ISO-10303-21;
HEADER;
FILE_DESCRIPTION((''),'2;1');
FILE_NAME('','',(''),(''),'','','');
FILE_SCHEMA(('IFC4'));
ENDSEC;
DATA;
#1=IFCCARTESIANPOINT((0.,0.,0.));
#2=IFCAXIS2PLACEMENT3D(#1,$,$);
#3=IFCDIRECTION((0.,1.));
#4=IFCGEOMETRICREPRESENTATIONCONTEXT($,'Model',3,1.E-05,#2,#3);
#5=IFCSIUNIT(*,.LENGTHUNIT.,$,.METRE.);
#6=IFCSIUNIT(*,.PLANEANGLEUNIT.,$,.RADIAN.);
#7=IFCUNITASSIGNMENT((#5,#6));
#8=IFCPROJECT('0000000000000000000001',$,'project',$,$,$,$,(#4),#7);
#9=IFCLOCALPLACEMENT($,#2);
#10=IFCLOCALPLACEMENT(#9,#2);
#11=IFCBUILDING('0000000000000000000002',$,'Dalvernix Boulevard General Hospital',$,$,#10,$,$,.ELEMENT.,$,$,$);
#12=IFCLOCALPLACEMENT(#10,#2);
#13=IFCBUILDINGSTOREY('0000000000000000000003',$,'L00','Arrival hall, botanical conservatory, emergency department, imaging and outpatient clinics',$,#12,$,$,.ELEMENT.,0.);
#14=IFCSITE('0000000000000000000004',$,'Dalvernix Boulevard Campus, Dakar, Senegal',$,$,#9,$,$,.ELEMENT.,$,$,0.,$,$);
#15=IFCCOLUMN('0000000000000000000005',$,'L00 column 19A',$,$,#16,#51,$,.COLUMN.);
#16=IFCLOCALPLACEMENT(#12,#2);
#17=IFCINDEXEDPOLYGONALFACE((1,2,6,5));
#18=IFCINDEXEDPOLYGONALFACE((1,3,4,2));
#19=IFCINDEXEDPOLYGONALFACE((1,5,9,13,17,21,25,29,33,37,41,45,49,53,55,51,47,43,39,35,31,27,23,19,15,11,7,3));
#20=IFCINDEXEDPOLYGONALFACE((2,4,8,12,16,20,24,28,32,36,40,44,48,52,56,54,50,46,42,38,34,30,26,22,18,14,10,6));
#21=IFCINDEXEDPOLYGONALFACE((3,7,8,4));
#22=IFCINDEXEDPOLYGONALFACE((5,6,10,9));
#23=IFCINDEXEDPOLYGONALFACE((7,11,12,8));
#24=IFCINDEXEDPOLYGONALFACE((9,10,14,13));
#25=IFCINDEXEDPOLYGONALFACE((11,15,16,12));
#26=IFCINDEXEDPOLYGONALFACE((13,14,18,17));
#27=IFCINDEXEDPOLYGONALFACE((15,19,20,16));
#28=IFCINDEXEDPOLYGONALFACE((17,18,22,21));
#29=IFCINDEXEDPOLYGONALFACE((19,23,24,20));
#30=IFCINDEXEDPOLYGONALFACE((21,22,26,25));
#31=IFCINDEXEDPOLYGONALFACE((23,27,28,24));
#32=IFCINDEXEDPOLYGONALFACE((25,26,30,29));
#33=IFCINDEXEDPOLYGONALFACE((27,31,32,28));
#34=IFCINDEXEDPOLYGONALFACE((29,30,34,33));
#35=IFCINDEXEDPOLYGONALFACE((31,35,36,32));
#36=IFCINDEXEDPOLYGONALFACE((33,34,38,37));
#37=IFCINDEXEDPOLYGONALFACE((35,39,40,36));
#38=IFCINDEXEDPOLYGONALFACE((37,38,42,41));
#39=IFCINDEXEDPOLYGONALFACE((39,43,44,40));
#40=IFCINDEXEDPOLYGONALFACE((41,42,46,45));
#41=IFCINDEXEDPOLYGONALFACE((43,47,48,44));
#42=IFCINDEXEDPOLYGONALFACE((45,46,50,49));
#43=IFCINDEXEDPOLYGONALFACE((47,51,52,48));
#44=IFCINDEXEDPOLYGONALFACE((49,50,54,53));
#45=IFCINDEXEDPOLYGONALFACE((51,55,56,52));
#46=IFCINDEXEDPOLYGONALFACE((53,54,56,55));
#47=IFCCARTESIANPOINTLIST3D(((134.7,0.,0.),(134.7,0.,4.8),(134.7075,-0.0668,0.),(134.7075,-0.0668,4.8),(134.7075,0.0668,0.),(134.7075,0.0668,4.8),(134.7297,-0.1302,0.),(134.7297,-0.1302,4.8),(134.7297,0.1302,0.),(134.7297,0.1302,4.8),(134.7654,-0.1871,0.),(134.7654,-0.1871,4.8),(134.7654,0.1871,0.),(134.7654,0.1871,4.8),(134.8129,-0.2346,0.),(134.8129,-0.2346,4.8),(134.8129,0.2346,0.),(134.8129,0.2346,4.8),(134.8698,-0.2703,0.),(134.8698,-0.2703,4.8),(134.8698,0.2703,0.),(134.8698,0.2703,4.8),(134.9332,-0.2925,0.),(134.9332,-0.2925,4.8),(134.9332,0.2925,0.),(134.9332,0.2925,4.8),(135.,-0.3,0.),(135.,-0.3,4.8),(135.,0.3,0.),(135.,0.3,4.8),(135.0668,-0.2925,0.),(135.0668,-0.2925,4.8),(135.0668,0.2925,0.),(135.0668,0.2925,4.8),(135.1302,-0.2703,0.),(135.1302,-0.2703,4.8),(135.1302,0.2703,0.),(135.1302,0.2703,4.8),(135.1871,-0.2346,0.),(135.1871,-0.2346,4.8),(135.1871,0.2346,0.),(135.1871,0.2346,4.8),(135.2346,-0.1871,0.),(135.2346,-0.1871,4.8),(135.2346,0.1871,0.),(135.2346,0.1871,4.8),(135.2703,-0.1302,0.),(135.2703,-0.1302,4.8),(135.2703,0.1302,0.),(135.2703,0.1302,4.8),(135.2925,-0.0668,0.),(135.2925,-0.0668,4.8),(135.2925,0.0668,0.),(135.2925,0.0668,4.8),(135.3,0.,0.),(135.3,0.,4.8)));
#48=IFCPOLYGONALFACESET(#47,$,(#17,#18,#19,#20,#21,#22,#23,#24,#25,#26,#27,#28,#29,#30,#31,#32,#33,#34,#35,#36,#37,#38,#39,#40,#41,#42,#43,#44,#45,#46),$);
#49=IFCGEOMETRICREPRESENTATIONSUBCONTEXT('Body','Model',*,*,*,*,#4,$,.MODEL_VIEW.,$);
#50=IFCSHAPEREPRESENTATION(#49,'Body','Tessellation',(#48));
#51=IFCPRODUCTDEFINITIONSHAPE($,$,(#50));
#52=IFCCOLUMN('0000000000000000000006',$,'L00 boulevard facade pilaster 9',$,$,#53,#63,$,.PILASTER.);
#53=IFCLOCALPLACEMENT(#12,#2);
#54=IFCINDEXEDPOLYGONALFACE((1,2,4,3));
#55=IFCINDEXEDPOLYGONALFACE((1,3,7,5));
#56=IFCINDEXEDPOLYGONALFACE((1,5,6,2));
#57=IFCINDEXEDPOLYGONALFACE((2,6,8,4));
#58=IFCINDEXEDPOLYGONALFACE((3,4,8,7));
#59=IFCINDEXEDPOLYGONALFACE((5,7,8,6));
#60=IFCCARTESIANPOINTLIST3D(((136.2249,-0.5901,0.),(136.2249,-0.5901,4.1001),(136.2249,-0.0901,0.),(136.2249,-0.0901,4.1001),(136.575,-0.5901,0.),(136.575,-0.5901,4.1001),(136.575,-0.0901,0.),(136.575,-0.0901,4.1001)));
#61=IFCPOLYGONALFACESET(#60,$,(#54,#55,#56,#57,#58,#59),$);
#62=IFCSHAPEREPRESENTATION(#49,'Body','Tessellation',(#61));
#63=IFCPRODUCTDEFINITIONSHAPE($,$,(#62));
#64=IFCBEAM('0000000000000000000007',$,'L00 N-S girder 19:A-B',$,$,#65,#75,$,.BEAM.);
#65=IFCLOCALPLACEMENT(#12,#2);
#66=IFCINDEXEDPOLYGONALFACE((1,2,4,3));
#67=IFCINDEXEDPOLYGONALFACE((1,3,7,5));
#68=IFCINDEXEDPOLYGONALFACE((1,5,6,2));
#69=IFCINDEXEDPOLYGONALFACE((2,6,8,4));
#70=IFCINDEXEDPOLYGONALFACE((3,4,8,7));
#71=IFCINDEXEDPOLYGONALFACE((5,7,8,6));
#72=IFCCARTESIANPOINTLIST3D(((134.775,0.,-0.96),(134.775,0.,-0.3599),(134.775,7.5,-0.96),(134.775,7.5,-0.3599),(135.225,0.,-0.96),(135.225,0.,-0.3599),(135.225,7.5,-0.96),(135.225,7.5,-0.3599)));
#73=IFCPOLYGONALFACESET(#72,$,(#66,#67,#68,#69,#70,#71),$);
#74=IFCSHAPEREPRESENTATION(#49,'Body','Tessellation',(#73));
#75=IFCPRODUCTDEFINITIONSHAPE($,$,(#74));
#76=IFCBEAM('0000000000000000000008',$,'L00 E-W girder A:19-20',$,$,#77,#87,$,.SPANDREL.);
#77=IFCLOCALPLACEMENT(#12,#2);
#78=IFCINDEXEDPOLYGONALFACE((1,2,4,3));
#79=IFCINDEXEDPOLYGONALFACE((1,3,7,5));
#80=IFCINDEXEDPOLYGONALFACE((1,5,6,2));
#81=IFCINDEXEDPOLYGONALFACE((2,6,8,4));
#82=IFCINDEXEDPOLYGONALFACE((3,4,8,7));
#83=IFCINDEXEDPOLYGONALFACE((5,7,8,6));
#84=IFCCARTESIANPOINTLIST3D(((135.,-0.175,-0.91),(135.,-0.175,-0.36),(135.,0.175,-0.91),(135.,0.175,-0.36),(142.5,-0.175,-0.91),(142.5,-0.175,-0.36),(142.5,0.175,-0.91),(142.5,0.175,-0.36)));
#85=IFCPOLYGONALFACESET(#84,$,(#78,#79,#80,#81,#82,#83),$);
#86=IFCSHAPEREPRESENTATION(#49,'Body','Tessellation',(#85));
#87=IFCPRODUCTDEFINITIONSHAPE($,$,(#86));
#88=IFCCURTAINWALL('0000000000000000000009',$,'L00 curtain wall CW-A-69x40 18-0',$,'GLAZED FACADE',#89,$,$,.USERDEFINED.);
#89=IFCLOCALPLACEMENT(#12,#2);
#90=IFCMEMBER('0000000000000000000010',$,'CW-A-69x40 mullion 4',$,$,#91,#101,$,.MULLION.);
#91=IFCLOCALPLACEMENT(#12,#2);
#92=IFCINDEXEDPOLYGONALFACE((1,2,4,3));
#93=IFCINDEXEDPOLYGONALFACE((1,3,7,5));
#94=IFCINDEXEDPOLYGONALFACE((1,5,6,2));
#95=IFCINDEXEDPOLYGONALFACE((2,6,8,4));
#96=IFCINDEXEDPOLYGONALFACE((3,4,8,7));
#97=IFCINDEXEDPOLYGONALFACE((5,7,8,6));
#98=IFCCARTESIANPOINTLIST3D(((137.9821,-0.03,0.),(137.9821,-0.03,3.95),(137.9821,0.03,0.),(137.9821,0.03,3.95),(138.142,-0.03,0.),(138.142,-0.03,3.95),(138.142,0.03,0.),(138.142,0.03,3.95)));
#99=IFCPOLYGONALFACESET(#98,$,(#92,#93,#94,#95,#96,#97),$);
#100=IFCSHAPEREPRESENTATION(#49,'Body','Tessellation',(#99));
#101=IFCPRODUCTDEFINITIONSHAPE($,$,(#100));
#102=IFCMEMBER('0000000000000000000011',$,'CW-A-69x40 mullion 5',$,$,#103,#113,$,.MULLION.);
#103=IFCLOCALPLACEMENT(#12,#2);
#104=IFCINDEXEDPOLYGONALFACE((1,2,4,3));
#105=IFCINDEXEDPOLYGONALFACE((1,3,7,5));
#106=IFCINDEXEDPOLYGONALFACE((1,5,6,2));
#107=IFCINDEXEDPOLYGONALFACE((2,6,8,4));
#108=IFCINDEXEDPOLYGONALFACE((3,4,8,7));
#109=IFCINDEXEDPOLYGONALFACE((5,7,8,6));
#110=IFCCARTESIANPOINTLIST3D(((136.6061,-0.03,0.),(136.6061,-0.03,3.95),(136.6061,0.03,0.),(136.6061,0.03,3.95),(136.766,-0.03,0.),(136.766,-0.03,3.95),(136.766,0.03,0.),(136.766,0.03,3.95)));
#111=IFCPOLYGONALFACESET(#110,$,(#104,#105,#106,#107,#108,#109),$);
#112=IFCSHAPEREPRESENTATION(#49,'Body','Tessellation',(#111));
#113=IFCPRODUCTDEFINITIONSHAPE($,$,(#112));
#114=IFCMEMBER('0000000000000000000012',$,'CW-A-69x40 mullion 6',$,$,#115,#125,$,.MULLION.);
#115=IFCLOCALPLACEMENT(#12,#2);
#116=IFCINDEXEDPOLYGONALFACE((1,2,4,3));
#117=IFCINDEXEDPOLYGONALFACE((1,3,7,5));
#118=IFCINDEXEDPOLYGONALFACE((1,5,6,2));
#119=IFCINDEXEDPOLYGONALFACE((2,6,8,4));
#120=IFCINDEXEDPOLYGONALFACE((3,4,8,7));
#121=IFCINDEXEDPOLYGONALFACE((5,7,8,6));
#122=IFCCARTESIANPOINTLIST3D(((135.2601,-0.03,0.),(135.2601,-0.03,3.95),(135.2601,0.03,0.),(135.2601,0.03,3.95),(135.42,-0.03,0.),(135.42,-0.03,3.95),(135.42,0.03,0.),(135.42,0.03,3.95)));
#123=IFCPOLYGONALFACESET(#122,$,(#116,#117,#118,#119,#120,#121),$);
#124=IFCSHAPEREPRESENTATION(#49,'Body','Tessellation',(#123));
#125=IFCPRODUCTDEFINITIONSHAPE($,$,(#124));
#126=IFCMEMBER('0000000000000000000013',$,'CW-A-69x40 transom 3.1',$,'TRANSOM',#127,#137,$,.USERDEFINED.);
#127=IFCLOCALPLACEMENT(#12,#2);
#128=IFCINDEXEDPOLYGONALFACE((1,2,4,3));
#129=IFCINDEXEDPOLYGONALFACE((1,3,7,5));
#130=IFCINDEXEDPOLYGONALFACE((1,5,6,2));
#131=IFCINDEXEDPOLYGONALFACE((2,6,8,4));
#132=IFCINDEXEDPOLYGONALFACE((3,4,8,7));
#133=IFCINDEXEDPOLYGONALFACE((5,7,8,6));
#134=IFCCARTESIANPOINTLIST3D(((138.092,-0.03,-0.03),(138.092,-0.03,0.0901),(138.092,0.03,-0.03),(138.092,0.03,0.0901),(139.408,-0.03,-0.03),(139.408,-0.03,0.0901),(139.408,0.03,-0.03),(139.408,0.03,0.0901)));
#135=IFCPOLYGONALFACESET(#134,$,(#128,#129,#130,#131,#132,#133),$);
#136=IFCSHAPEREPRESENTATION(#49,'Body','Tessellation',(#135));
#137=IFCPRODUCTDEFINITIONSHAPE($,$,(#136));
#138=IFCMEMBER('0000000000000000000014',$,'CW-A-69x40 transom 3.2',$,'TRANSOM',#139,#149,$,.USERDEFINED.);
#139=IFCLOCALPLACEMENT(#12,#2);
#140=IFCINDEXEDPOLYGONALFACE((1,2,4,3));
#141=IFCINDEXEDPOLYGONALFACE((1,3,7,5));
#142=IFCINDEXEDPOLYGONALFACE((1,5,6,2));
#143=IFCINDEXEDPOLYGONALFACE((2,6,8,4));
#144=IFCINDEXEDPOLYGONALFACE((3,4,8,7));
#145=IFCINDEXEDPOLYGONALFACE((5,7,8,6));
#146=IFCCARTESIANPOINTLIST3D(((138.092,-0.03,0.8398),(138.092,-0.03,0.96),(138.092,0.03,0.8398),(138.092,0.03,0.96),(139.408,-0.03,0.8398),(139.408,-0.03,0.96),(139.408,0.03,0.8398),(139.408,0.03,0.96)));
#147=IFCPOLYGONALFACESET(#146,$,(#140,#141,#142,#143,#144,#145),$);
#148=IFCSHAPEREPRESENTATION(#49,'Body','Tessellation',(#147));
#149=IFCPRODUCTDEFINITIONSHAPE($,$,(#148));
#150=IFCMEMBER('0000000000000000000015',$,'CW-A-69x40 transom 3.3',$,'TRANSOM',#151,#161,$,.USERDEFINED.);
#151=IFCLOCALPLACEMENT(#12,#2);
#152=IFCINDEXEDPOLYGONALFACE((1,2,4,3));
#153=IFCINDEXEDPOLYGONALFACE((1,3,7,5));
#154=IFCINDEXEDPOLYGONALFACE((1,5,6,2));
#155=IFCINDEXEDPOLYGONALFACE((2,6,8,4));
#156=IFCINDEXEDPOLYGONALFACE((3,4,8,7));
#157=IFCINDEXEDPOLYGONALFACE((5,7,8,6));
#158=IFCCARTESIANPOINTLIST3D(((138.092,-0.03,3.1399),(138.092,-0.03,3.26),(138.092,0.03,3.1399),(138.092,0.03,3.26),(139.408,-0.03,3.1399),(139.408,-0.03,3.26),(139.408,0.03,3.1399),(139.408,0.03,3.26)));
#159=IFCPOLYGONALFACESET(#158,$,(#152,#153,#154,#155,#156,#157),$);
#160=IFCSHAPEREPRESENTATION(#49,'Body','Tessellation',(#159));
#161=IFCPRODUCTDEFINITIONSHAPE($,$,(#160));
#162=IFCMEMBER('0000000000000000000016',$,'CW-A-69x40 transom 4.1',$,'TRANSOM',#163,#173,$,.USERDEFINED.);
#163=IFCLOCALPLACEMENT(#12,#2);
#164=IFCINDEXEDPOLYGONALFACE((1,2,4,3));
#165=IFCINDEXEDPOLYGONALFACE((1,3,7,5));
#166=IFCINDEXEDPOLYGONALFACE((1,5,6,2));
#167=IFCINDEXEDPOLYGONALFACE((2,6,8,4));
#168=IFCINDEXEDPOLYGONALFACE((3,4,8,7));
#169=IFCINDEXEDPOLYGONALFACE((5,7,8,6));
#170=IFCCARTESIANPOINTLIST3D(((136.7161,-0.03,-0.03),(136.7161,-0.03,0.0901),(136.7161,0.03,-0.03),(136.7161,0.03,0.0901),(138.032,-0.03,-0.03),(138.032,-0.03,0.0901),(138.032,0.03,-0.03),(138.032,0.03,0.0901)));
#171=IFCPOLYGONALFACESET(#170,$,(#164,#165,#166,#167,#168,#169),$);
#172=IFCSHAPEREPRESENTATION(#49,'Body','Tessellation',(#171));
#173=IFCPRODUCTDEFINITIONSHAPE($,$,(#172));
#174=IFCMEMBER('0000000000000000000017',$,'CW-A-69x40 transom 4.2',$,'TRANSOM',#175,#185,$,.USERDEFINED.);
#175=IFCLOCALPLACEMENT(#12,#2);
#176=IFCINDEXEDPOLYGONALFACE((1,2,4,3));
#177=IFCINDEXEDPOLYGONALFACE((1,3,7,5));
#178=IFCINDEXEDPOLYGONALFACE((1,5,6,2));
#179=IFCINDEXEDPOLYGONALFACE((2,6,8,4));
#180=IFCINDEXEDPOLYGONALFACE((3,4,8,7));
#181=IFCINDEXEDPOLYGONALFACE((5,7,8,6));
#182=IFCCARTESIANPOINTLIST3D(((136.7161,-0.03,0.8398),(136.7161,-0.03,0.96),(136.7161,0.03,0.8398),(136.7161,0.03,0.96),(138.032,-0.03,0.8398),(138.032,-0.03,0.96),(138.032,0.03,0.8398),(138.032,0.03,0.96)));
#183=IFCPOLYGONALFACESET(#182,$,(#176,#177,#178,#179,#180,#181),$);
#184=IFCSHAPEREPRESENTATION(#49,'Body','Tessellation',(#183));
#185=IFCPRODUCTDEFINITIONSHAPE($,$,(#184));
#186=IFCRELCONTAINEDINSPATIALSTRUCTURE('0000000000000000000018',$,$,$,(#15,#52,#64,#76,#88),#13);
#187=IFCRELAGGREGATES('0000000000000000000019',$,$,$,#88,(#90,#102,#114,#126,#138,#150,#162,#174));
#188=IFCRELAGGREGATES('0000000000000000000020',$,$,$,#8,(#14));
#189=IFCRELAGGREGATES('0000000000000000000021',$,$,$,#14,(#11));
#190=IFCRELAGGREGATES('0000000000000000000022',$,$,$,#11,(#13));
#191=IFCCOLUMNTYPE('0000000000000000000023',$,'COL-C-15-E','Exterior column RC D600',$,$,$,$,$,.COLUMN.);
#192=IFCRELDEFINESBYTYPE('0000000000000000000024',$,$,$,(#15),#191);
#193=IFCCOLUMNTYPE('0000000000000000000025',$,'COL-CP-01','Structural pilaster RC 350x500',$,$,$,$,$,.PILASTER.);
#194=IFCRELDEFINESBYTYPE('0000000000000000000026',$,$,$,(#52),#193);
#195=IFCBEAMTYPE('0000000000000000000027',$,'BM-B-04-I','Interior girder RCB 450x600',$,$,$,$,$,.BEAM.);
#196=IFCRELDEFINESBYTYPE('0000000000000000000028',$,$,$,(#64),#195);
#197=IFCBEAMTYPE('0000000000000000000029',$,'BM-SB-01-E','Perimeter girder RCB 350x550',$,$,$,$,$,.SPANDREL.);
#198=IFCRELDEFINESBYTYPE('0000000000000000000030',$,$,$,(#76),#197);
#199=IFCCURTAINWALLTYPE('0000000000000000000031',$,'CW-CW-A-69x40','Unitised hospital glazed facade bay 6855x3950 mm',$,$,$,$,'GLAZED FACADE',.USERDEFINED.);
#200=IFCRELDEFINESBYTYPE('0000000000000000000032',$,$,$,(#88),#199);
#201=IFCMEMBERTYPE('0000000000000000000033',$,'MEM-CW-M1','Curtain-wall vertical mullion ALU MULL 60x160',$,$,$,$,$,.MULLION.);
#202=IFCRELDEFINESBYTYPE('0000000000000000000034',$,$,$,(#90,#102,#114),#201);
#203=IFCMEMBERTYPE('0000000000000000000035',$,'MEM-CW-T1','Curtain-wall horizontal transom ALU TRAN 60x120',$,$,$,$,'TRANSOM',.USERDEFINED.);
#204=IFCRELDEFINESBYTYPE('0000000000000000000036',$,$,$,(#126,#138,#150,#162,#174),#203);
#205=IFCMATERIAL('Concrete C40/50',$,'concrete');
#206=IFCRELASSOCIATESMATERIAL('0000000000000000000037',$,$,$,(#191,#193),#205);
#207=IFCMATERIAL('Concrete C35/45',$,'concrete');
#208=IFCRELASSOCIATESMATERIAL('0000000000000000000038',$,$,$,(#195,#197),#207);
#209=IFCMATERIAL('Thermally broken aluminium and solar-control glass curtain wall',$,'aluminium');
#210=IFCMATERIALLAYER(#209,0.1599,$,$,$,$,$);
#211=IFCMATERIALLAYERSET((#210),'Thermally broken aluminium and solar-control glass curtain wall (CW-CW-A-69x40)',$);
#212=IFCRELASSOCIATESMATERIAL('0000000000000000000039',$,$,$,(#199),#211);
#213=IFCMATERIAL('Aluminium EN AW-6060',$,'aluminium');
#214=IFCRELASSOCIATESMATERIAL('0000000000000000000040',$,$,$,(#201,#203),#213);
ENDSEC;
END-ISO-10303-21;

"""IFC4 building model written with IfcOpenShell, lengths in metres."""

from ifc_helpers import new_model, si_unit, direction, frame, origin, origin_2d, place, context, subcontext, project, spatial, rectangle, circle, extrude, material, layer, layer_set, material_profile, profile_set, type_object, element, aggregate, save


model = new_model("IFC4")

# Units and contexts
model_context = context("Model", 3, precision=1e-05, world=origin(), true_north=direction((0.0, 1.0)))
body_context = subcontext(model_context, "Body", "Model", "MODEL_VIEW")
ifc_project = project(units=[si_unit("LENGTHUNIT", "METRE"), si_unit("PLANEANGLEUNIT", "RADIAN")], contexts=[model_context])

# Site, building, storey
site_placement = place(None, origin())
site = spatial("IfcSite", under=ifc_project, at=site_placement, Name="Dalvernix Boulevard Campus, Dakar, Senegal", CompositionType="ELEMENT", RefElevation=0.0)
building_placement = place(site_placement, origin())
building = spatial("IfcBuilding", under=site, at=building_placement, Name="Dalvernix Boulevard General Hospital", CompositionType="ELEMENT")
storey_placement = place(building_placement, origin())
storey = spatial("IfcBuildingStorey", under=building, at=storey_placement, Name="L00", Description="Arrival hall, botanical conservatory, emergency department, imaging and outpatient clinics", CompositionType="ELEMENT", Elevation=0.0)

# Columns
ifc_material_1 = material(Name="Concrete C40/50", Category="concrete")
ifc_material_profile_1 = material_profile(ifc_material_1, circle(Radius=0.3, at=origin_2d()), Name="RC D600")
ifc_profile_set_1 = profile_set([ifc_material_profile_1], Name="Concrete C40/50")
column_type_1 = type_object("IfcColumnType", Name="COL-C-15-E", Description="Exterior column RC D600", PredefinedType="COLUMN", material=ifc_profile_set_1)
column_1_placement = place(storey_placement, frame((135.0, 0.0, 0.0), z_axis=(0.0, 0.0, 1.0), x_axis=(1.0, 0.0, 0.0)))
element("IfcColumn", 1, at=column_1_placement, inside=storey, type_object=column_type_1, Name="L00 column 19A", PredefinedType="COLUMN", context=body_context, shape_type="SweptSolid", body=[
    extrude(circle(Radius=0.3, at=origin_2d()), origin(), (0.0, 0.0, 1.0), 4.8),
])
ifc_material_profile_2 = material_profile(ifc_material_1, rectangle(XDim=0.3501, YDim=0.5, at=origin_2d()), Name="RC 350x500")
ifc_profile_set_2 = profile_set([ifc_material_profile_2], Name="Concrete C40/50")
column_type_2 = type_object("IfcColumnType", Name="COL-CP-01", Description="Structural pilaster RC 350x500", PredefinedType="PILASTER", material=ifc_profile_set_2)
column_2_placement = place(storey_placement, frame((136.3999, -0.3401, 0.0), z_axis=(0.0, 0.0, 1.0), x_axis=(1.0, 0.0, 0.0)))
element("IfcColumn", 2, at=column_2_placement, inside=storey, type_object=column_type_2, Name="L00 boulevard facade pilaster 9", PredefinedType="PILASTER", context=body_context, shape_type="SweptSolid", body=[
    extrude(rectangle(XDim=0.3501, YDim=0.5, at=origin_2d()), origin(), (0.0, 0.0, 1.0), 4.1001),
])

# Beams
ifc_material_2 = material(Name="Concrete C35/45", Category="concrete")
ifc_material_profile_3 = material_profile(ifc_material_2, rectangle(XDim=0.45, YDim=0.6001, at=origin_2d()), Name="RCB 450x600")
ifc_profile_set_3 = profile_set([ifc_material_profile_3], Name="Concrete C35/45")
beam_type_1 = type_object("IfcBeamType", Name="BM-B-04-I", Description="Interior girder RCB 450x600", PredefinedType="BEAM", material=ifc_profile_set_3)
beam_1_placement = place(storey_placement, frame((135.0, 0.0, -0.6599), z_axis=(0.0, 1.0, 0.0), x_axis=(-1.0, 0.0, 0.0)))
element("IfcBeam", 3, at=beam_1_placement, inside=storey, type_object=beam_type_1, Name="L00 N-S girder 19:A-B", PredefinedType="BEAM", context=body_context, shape_type="SweptSolid", body=[
    extrude(rectangle(XDim=0.45, YDim=0.6001, at=origin_2d()), origin(), (0.0, 0.0, 1.0), 7.5),
])
ifc_material_profile_4 = material_profile(ifc_material_2, rectangle(XDim=0.3501, YDim=0.55, at=origin_2d()), Name="RCB 350x550")
ifc_profile_set_4 = profile_set([ifc_material_profile_4], Name="Concrete C35/45")
beam_type_2 = type_object("IfcBeamType", Name="BM-SB-01-E", Description="Perimeter girder RCB 350x550", PredefinedType="SPANDREL", material=ifc_profile_set_4)
beam_2_placement = place(storey_placement, frame((135.0, 0.0, -0.635), z_axis=(1.0, 0.0, 0.0), x_axis=(0.0, 1.0, 0.0)))
element("IfcBeam", 4, at=beam_2_placement, inside=storey, type_object=beam_type_2, Name="L00 E-W girder A:19-20", PredefinedType="SPANDREL", context=body_context, shape_type="SweptSolid", body=[
    extrude(rectangle(XDim=0.3501, YDim=0.55, at=origin_2d()), origin(), (0.0, 0.0, 1.0), 7.5),
])

# Curtain wall, members
ifc_material_3 = material(Name="Thermally broken aluminium and solar-control glass curtain wall", Category="aluminium")
ifc_layer_1 = layer(ifc_material_3, 0.1599)
ifc_layer_set_1 = layer_set([ifc_layer_1], Name="Thermally broken aluminium and solar-control glass curtain wall (CW-CW-A-69x40)")
curtain_wall_type = type_object("IfcCurtainWallType", Name="CW-CW-A-69x40", Description="Unitised hospital glazed facade bay 6855x3950 mm", ElementType="GLAZED FACADE", PredefinedType="USERDEFINED", material=ifc_layer_set_1)
curtain_wall_placement = place(storey_placement, origin())
curtain_wall = element("IfcCurtainWall", 5, at=curtain_wall_placement, inside=storey, type_object=curtain_wall_type, Name="L00 curtain wall CW-A-69x40 18-0", ObjectType="GLAZED FACADE", PredefinedType="USERDEFINED")
ifc_material_4 = material(Name="Aluminium EN AW-6060", Category="aluminium")
ifc_material_profile_5 = material_profile(ifc_material_4, rectangle(XDim=0.0601, YDim=0.1599, at=origin_2d()), Name="ALU MULL 60x160")
ifc_profile_set_5 = profile_set([ifc_material_profile_5], Name="Aluminium EN AW-6060")
member_type_1 = type_object("IfcMemberType", Name="MEM-CW-M1", Description="Curtain-wall vertical mullion ALU MULL 60x160", PredefinedType="MULLION", material=ifc_profile_set_5)
member_1_placement = place(storey_placement, frame((138.062, 0.0, 0.0), z_axis=(0.0, 0.0, 1.0), x_axis=(0.0, -1.0, 0.0)))
member_1 = element("IfcMember", 6, at=member_1_placement, type_object=member_type_1, Name="CW-A-69x40 mullion 4", PredefinedType="MULLION", context=body_context, shape_type="SweptSolid", body=[
    extrude(rectangle(XDim=0.0601, YDim=0.1599, at=origin_2d()), origin(), (0.0, 0.0, 1.0), 3.95),
])
member_2_placement = place(storey_placement, frame((136.686, 0.0, 0.0), z_axis=(0.0, 0.0, 1.0), x_axis=(0.0, -1.0, 0.0)))
member_2 = element("IfcMember", 7, at=member_2_placement, type_object=member_type_1, Name="CW-A-69x40 mullion 5", PredefinedType="MULLION", context=body_context, shape_type="SweptSolid", body=[
    extrude(rectangle(XDim=0.0601, YDim=0.1599, at=origin_2d()), origin(), (0.0, 0.0, 1.0), 3.95),
])
member_3_placement = place(storey_placement, frame((135.3401, 0.0, 0.0), z_axis=(0.0, 0.0, 1.0), x_axis=(0.0, -1.0, 0.0)))
member_3 = element("IfcMember", 8, at=member_3_placement, type_object=member_type_1, Name="CW-A-69x40 mullion 6", PredefinedType="MULLION", context=body_context, shape_type="SweptSolid", body=[
    extrude(rectangle(XDim=0.0601, YDim=0.1599, at=origin_2d()), origin(), (0.0, 0.0, 1.0), 3.95),
])
ifc_material_profile_6 = material_profile(ifc_material_4, rectangle(XDim=0.0601, YDim=0.1201, at=origin_2d()), Name="ALU TRAN 60x120")
ifc_profile_set_6 = profile_set([ifc_material_profile_6], Name="Aluminium EN AW-6060")
member_type_2 = type_object("IfcMemberType", Name="MEM-CW-T1", Description="Curtain-wall horizontal transom ALU TRAN 60x120", ElementType="TRANSOM", PredefinedType="USERDEFINED", material=ifc_profile_set_6)
member_4_placement = place(storey_placement, frame((139.408, 0.0, 0.03), z_axis=(-1.0, 0.0, 0.0), x_axis=(0.0, -1.0, 0.0)))
member_4 = element("IfcMember", 9, at=member_4_placement, type_object=member_type_2, Name="CW-A-69x40 transom 3.1", ObjectType="TRANSOM", PredefinedType="USERDEFINED", context=body_context, shape_type="SweptSolid", body=[
    extrude(rectangle(XDim=0.0601, YDim=0.1201, at=origin_2d()), origin(), (0.0, 0.0, 1.0), 1.3159),
])
member_5_placement = place(storey_placement, frame((139.408, 0.0, 0.8999), z_axis=(-1.0, 0.0, 0.0), x_axis=(0.0, -1.0, 0.0)))
member_5 = element("IfcMember", 10, at=member_5_placement, type_object=member_type_2, Name="CW-A-69x40 transom 3.2", ObjectType="TRANSOM", PredefinedType="USERDEFINED", context=body_context, shape_type="SweptSolid", body=[
    extrude(rectangle(XDim=0.0601, YDim=0.1201, at=origin_2d()), origin(), (0.0, 0.0, 1.0), 1.3159),
])
member_6_placement = place(storey_placement, frame((139.408, 0.0, 3.2), z_axis=(-1.0, 0.0, 0.0), x_axis=(0.0, -1.0, 0.0)))
member_6 = element("IfcMember", 11, at=member_6_placement, type_object=member_type_2, Name="CW-A-69x40 transom 3.3", ObjectType="TRANSOM", PredefinedType="USERDEFINED", context=body_context, shape_type="SweptSolid", body=[
    extrude(rectangle(XDim=0.0601, YDim=0.1201, at=origin_2d()), origin(), (0.0, 0.0, 1.0), 1.3159),
])
member_7_placement = place(storey_placement, frame((138.032, 0.0, 0.03), z_axis=(-1.0, 0.0, 0.0), x_axis=(0.0, -1.0, 0.0)))
member_7 = element("IfcMember", 12, at=member_7_placement, type_object=member_type_2, Name="CW-A-69x40 transom 4.1", ObjectType="TRANSOM", PredefinedType="USERDEFINED", context=body_context, shape_type="SweptSolid", body=[
    extrude(rectangle(XDim=0.0601, YDim=0.1201, at=origin_2d()), origin(), (0.0, 0.0, 1.0), 1.3159),
])
member_8_placement = place(storey_placement, frame((138.032, 0.0, 0.8999), z_axis=(-1.0, 0.0, 0.0), x_axis=(0.0, -1.0, 0.0)))
member_8 = element("IfcMember", 13, at=member_8_placement, type_object=member_type_2, Name="CW-A-69x40 transom 4.2", ObjectType="TRANSOM", PredefinedType="USERDEFINED", context=body_context, shape_type="SweptSolid", body=[
    extrude(rectangle(XDim=0.0601, YDim=0.1201, at=origin_2d()), origin(), (0.0, 0.0, 1.0), 1.3159),
])
aggregate(curtain_wall, [member_1, member_2, member_3, member_4, member_5, member_6, member_7, member_8])

save(model, "model.ifc")
